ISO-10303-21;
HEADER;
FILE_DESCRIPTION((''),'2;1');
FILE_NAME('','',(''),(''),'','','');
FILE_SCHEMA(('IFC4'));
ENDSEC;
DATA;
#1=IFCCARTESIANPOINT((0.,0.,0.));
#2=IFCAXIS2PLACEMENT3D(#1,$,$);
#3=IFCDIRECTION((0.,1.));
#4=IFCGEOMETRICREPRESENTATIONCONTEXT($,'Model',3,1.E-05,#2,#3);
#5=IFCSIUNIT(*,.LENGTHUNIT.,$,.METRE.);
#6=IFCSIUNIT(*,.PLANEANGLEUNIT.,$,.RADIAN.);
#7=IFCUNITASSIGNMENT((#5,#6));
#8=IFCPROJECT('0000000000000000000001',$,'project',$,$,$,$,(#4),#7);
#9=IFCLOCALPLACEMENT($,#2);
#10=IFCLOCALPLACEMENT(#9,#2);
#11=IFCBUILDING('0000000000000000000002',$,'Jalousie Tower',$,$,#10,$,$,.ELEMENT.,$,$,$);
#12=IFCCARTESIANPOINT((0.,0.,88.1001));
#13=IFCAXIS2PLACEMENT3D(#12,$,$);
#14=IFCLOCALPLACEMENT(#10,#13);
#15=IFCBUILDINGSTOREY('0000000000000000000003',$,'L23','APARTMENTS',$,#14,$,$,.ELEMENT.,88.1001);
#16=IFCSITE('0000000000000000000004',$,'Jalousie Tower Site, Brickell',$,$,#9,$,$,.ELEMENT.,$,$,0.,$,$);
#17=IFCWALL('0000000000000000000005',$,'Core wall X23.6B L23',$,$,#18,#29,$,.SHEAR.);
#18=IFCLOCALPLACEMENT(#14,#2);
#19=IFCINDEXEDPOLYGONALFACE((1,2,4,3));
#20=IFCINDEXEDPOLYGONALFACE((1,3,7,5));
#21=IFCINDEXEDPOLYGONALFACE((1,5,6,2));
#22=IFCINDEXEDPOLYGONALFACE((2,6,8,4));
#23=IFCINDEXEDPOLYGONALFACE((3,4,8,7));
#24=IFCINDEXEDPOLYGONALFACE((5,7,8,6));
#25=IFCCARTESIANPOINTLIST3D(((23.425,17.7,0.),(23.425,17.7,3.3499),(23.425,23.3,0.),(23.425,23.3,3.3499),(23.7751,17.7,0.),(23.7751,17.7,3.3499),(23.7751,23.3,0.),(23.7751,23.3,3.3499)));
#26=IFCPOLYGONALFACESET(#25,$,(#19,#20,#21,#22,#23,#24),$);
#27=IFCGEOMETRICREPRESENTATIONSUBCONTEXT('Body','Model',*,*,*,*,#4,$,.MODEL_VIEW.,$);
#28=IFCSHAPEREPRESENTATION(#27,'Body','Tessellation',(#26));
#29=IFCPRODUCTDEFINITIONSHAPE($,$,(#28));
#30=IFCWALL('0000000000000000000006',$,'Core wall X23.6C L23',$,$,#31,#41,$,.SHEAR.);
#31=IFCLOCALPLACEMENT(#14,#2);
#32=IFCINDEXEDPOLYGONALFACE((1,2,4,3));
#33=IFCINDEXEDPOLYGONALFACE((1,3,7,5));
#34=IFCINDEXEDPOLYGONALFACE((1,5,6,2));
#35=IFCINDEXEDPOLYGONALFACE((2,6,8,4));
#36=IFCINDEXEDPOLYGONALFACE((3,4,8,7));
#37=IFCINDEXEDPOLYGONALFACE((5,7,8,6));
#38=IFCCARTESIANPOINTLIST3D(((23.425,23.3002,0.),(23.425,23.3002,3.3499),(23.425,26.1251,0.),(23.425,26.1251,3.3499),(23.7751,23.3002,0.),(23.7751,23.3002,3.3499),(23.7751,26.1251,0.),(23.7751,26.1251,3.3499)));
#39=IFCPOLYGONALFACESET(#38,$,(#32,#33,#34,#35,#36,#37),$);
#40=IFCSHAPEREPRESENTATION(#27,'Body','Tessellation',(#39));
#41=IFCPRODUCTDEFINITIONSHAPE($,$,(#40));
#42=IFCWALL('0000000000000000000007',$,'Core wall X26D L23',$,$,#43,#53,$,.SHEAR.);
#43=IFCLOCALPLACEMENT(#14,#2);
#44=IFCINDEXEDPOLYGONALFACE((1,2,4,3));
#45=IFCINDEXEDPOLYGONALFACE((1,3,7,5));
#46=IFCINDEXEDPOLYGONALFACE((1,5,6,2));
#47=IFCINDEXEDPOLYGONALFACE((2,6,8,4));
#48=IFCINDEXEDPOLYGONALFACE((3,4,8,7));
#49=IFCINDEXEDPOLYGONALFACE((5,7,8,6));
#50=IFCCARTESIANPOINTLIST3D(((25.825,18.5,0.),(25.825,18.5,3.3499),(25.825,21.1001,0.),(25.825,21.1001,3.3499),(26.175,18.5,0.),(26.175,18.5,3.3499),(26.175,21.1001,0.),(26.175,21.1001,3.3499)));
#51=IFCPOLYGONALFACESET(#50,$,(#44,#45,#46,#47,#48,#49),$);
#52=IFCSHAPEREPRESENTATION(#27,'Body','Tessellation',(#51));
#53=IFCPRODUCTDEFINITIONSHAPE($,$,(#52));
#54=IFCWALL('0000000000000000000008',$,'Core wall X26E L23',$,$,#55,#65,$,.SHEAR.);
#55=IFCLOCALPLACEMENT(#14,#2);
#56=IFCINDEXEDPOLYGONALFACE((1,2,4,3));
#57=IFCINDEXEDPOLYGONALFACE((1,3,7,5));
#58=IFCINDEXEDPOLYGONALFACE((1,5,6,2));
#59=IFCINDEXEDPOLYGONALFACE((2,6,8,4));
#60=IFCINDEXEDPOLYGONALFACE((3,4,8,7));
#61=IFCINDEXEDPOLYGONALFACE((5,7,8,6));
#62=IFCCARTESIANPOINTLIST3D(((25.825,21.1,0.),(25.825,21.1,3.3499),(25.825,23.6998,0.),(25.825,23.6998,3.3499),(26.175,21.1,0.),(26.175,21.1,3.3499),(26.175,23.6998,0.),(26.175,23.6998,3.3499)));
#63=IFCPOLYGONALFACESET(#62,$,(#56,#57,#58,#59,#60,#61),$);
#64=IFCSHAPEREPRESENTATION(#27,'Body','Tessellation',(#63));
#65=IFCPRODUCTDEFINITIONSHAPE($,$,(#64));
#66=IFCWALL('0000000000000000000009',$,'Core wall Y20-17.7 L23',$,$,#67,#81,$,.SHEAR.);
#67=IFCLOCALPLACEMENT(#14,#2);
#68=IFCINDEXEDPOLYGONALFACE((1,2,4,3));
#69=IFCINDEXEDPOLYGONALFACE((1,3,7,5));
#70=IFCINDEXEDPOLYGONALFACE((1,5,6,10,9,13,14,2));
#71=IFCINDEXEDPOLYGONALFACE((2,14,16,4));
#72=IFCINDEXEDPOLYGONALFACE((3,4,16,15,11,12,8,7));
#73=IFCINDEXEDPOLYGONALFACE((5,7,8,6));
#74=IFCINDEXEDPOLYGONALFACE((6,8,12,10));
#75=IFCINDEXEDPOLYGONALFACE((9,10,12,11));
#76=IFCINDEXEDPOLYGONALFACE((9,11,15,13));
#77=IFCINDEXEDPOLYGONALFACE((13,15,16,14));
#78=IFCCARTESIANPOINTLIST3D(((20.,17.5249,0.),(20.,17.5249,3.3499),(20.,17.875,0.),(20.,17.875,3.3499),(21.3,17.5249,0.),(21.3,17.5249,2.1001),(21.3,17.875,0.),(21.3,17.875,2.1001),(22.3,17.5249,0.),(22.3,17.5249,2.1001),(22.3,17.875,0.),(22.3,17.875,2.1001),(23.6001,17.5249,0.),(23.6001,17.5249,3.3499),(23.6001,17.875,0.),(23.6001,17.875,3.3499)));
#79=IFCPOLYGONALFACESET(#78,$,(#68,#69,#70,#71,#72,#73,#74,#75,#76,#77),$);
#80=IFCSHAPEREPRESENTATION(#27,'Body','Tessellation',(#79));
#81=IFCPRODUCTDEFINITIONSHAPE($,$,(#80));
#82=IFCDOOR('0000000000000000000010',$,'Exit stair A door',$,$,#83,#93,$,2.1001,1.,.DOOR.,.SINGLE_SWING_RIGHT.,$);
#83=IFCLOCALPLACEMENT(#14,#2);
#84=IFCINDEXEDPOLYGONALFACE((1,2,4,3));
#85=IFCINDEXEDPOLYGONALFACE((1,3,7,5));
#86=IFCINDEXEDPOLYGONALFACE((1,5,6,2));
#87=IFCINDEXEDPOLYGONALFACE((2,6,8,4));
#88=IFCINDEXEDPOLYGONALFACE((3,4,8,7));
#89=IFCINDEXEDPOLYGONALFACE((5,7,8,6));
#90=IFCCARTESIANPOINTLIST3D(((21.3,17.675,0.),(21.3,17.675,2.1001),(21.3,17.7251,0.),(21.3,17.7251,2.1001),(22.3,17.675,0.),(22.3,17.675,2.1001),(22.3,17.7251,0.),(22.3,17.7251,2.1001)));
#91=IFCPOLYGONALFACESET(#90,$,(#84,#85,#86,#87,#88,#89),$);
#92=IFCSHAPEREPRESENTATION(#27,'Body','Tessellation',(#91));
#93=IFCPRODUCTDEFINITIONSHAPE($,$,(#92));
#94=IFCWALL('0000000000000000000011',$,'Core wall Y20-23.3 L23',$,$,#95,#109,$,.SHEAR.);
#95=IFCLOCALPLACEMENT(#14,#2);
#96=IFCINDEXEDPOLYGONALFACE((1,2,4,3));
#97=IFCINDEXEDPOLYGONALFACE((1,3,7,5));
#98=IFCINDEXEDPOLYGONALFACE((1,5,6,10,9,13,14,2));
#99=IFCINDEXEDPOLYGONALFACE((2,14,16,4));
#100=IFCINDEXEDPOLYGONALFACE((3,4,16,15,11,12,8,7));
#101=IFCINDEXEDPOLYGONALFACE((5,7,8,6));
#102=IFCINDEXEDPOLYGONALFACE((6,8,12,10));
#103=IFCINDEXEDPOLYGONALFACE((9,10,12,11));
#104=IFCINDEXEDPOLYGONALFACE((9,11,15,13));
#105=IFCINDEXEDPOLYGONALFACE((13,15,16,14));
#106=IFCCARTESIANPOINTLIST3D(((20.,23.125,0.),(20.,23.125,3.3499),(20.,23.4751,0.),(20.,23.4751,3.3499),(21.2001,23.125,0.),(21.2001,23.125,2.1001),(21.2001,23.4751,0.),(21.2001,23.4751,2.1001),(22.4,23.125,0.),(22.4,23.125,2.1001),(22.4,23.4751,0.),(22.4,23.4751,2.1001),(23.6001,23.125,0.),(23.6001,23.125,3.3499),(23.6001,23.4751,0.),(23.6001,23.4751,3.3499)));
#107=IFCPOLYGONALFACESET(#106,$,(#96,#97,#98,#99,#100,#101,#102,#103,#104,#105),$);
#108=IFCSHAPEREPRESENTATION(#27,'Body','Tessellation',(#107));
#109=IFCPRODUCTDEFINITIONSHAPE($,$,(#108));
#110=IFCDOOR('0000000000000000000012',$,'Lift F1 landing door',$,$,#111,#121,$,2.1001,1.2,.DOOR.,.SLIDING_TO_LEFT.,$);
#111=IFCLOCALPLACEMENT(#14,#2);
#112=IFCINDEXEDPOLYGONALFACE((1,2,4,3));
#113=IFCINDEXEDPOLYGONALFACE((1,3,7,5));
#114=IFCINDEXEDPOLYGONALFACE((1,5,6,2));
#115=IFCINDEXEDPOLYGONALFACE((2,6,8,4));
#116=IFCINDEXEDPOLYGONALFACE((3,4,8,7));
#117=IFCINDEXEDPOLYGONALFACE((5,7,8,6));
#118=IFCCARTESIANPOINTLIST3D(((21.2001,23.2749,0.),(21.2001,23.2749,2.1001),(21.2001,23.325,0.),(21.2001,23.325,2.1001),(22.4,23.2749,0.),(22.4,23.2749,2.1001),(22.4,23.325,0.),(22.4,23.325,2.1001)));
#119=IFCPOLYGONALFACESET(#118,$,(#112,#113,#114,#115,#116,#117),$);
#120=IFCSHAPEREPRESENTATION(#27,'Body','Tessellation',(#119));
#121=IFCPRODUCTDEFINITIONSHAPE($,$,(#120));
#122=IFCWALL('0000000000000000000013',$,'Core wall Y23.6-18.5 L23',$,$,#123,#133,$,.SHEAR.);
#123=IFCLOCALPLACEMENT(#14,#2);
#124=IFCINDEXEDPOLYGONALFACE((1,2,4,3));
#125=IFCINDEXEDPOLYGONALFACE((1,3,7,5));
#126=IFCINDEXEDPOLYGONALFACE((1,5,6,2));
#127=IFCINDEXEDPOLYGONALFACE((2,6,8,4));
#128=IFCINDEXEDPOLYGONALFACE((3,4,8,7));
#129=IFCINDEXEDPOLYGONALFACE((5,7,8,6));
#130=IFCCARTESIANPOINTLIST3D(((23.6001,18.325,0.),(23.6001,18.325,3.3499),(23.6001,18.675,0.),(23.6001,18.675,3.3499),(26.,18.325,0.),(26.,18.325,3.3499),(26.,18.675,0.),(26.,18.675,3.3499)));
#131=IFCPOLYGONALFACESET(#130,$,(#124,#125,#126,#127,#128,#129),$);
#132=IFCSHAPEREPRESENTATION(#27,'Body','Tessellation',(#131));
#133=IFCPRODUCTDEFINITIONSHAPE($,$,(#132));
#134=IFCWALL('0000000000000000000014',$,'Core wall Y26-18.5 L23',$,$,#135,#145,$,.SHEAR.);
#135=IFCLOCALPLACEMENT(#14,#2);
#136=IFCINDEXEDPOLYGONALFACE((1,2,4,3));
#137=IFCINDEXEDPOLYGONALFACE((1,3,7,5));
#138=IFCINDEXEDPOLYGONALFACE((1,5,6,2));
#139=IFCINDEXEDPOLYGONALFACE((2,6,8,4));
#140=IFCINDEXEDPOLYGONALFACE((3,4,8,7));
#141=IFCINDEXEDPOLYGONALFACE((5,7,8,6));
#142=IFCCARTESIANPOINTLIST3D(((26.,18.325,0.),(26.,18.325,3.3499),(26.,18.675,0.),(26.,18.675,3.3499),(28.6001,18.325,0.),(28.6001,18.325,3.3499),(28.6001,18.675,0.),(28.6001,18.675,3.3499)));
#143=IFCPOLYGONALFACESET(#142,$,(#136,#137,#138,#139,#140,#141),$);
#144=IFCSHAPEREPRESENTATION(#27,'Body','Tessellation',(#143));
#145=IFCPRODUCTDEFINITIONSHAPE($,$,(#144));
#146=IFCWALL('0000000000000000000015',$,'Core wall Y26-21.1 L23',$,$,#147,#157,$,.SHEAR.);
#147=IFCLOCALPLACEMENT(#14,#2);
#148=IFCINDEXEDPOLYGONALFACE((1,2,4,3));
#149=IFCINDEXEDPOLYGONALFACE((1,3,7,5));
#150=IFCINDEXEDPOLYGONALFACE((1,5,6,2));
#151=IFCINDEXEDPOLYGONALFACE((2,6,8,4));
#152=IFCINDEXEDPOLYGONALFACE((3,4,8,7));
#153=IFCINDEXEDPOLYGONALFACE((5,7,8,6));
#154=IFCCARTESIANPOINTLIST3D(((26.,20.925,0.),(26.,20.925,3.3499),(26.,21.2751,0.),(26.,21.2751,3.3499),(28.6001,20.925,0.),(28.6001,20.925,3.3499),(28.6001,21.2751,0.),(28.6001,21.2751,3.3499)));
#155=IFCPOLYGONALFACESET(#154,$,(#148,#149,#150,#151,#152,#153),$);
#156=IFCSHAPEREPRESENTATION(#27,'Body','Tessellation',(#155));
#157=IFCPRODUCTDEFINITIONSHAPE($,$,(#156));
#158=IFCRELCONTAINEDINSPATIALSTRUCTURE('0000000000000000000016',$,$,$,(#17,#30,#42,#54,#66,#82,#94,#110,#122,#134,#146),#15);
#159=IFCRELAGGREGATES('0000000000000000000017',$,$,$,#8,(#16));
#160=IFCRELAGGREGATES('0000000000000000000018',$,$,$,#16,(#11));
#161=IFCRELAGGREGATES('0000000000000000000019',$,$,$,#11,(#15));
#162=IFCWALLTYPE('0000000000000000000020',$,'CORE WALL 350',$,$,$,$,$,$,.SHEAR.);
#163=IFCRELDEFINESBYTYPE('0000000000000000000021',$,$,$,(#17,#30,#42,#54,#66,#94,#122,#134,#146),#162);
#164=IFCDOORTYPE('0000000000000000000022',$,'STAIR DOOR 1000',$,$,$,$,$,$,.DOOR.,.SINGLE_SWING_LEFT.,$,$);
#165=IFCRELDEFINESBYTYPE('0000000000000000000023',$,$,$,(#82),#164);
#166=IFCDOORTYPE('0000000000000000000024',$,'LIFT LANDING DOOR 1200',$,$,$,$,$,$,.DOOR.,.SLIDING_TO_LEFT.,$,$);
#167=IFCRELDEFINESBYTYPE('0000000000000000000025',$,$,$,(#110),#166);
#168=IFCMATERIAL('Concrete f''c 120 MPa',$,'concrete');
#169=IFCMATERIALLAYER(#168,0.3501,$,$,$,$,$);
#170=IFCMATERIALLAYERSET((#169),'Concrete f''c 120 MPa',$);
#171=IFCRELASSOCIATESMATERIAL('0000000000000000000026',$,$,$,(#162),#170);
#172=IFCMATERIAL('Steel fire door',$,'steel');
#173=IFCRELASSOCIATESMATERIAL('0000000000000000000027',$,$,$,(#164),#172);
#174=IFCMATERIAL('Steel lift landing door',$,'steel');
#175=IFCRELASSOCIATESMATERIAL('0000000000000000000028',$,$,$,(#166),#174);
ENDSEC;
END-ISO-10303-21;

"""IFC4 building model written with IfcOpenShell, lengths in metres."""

from ifc_helpers import new_model, si_unit, direction, frame, frame_2d, origin, place, context, subcontext, project, spatial, rectangle, extrude, material, layer, layer_set, type_object, element, fill, save


model = new_model("IFC4")

# Units and contexts
model_context = context("Model", 3, precision=1e-05, world=origin(), true_north=direction((0.0, 1.0)))
body_context = subcontext(model_context, "Body", "Model", "MODEL_VIEW")
ifc_project = project(units=[si_unit("LENGTHUNIT", "METRE"), si_unit("PLANEANGLEUNIT", "RADIAN")], contexts=[model_context])

# Site, building, storey
site_placement = place(None, origin())
site = spatial("IfcSite", under=ifc_project, at=site_placement, Name="Jalousie Tower Site, Brickell", CompositionType="ELEMENT", RefElevation=0.0)
building_placement = place(site_placement, origin())
building = spatial("IfcBuilding", under=site, at=building_placement, Name="Jalousie Tower", CompositionType="ELEMENT")
storey_placement = place(building_placement, frame((0.0, 0.0, 88.1001)))
storey = spatial("IfcBuildingStorey", under=building, at=storey_placement, Name="L23", Description="APARTMENTS", CompositionType="ELEMENT", Elevation=88.1001)

# Walls
ifc_material_1 = material(Name="Concrete f'c 120 MPa", Category="concrete")
ifc_layer_1 = layer(ifc_material_1, 0.3501)
ifc_layer_set_1 = layer_set([ifc_layer_1], Name="Concrete f'c 120 MPa")
wall_type_1 = type_object("IfcWallType", Name="CORE WALL 350", PredefinedType="SHEAR", material=ifc_layer_set_1)
wall_1_placement = place(storey_placement, frame((23.6001, 17.7, 0.0), z_axis=(0.0, 0.0, 1.0), x_axis=(0.0, 1.0, 0.0)))
element("IfcWall", 1, at=wall_1_placement, inside=storey, type_object=wall_type_1, Name="Core wall X23.6B L23", PredefinedType="SHEAR", context=body_context, shape_type="SweptSolid", body=[
    extrude(rectangle(XDim=5.6001, YDim=0.3501, at=frame_2d((2.8, 0.0))), origin(), (0.0, 0.0, 1.0), 3.3499),
])
wall_2_placement = place(storey_placement, frame((23.6001, 23.3, 0.0), z_axis=(0.0, 0.0, 1.0), x_axis=(0.0, 1.0, 0.0)))
element("IfcWall", 2, at=wall_2_placement, inside=storey, type_object=wall_type_1, Name="Core wall X23.6C L23", PredefinedType="SHEAR", context=body_context, shape_type="SweptSolid", body=[
    extrude(rectangle(XDim=2.825, YDim=0.3501, at=frame_2d((1.4126, 0.0))), origin(), (0.0, 0.0, 1.0), 3.3499),
])
wall_3_placement = place(storey_placement, frame((26.0, 18.5, 0.0), z_axis=(0.0, 0.0, 1.0), x_axis=(0.0, 1.0, 0.0)))
element("IfcWall", 3, at=wall_3_placement, inside=storey, type_object=wall_type_1, Name="Core wall X26D L23", PredefinedType="SHEAR", context=body_context, shape_type="SweptSolid", body=[
    extrude(rectangle(XDim=2.6001, YDim=0.3501, at=frame_2d((1.3, 0.0))), origin(), (0.0, 0.0, 1.0), 3.3499),
])
wall_4_placement = place(storey_placement, frame((26.0, 21.1001, 0.0), z_axis=(0.0, 0.0, 1.0), x_axis=(0.0, 1.0, 0.0)))
element("IfcWall", 4, at=wall_4_placement, inside=storey, type_object=wall_type_1, Name="Core wall X26E L23", PredefinedType="SHEAR", context=body_context, shape_type="SweptSolid", body=[
    extrude(rectangle(XDim=2.5999, YDim=0.3501, at=frame_2d((1.2998, 0.0))), origin(), (0.0, 0.0, 1.0), 3.3499),
])

# Walls, openings, doors
wall_5_placement = place(storey_placement, frame((20.0, 17.7, 0.0), z_axis=(0.0, 0.0, 1.0), x_axis=(1.0, 0.0, 0.0)))
wall_5 = element("IfcWall", 5, at=wall_5_placement, inside=storey, type_object=wall_type_1, Name="Core wall Y20-17.7 L23", PredefinedType="SHEAR", context=body_context, shape_type="SweptSolid", body=[
    extrude(rectangle(XDim=3.6001, YDim=0.3501, at=frame_2d((1.8, 0.0))), origin(), (0.0, 0.0, 1.0), 3.3499),
])
opening_1_placement = place(wall_5_placement, frame((1.3, 0.0, 0.0)))
opening_1 = element("IfcOpeningElement", 6, at=opening_1_placement, cuts=wall_5, PredefinedType="OPENING", context=body_context, shape_type="SweptSolid", body=[
    extrude(rectangle(XDim=1.0, YDim=2.1001, at=frame_2d((0.5, 1.05))), frame((0.0, 0.1851, 0.0), z_axis=(0.0, -1.0, 0.0), x_axis=(1.0, 0.0, 0.0)), (0.0, 0.0, 1.0), 0.3701),
])
ifc_material_2 = material(Name="Steel fire door", Category="steel")
door_type_1 = type_object("IfcDoorType", Name="STAIR DOOR 1000", OperationType="SINGLE_SWING_LEFT", PredefinedType="DOOR", material=ifc_material_2)
door_1_placement = place(opening_1_placement, frame((1.0, 0.0, 0.0), z_axis=(0.0, 0.0, 1.0), x_axis=(-1.0, 0.0, 0.0)))
door_1 = element("IfcDoor", 7, at=door_1_placement, inside=storey, type_object=door_type_1, Name="Exit stair A door", OperationType="SINGLE_SWING_RIGHT", OverallHeight=2.1001, OverallWidth=1.0, PredefinedType="DOOR", context=body_context, shape_type="SweptSolid", body=[
    extrude(rectangle(XDim=1.0, YDim=2.1001, at=frame_2d((0.5, 1.05))), frame((0.0, 0.0249, 0.0), z_axis=(0.0, -1.0, 0.0), x_axis=(1.0, 0.0, 0.0)), (0.0, 0.0, 1.0), 0.05),
])
fill(opening_1, door_1)
wall_6_placement = place(storey_placement, frame((20.0, 23.3, 0.0), z_axis=(0.0, 0.0, 1.0), x_axis=(1.0, 0.0, 0.0)))
wall_6 = element("IfcWall", 8, at=wall_6_placement, inside=storey, type_object=wall_type_1, Name="Core wall Y20-23.3 L23", PredefinedType="SHEAR", context=body_context, shape_type="SweptSolid", body=[
    extrude(rectangle(XDim=3.6001, YDim=0.3501, at=frame_2d((1.8, 0.0))), origin(), (0.0, 0.0, 1.0), 3.3499),
])
opening_2_placement = place(wall_6_placement, frame((1.2, 0.0, 0.0)))
opening_2 = element("IfcOpeningElement", 9, at=opening_2_placement, cuts=wall_6, PredefinedType="OPENING", context=body_context, shape_type="SweptSolid", body=[
    extrude(rectangle(XDim=1.2, YDim=2.1001, at=frame_2d((0.6001, 1.05))), frame((0.0, 0.1851, 0.0), z_axis=(0.0, -1.0, 0.0), x_axis=(1.0, 0.0, 0.0)), (0.0, 0.0, 1.0), 0.3701),
])
ifc_material_3 = material(Name="Steel lift landing door", Category="steel")
door_type_2 = type_object("IfcDoorType", Name="LIFT LANDING DOOR 1200", OperationType="SLIDING_TO_LEFT", PredefinedType="DOOR", material=ifc_material_3)
door_2_placement = place(opening_2_placement, origin())
door_2 = element("IfcDoor", 10, at=door_2_placement, inside=storey, type_object=door_type_2, Name="Lift F1 landing door", OperationType="SLIDING_TO_LEFT", OverallHeight=2.1001, OverallWidth=1.2, PredefinedType="DOOR", context=body_context, shape_type="SweptSolid", body=[
    extrude(rectangle(XDim=1.2, YDim=2.1001, at=frame_2d((0.6001, 1.05))), frame((0.0, 0.0249, 0.0), z_axis=(0.0, -1.0, 0.0), x_axis=(1.0, 0.0, 0.0)), (0.0, 0.0, 1.0), 0.05),
])
fill(opening_2, door_2)

# Walls
wall_7_placement = place(storey_placement, frame((23.6001, 18.5, 0.0), z_axis=(0.0, 0.0, 1.0), x_axis=(1.0, 0.0, 0.0)))
element("IfcWall", 11, at=wall_7_placement, inside=storey, type_object=wall_type_1, Name="Core wall Y23.6-18.5 L23", PredefinedType="SHEAR", context=body_context, shape_type="SweptSolid", body=[
    extrude(rectangle(XDim=2.3999, YDim=0.3501, at=frame_2d((1.2, 0.0))), origin(), (0.0, 0.0, 1.0), 3.3499),
])
for number, where, z_axis, x_axis, name in (
    (12, (26.0, 18.5, 0.0), (0.0, 0.0, 1.0), (1.0, 0.0, 0.0), "Core wall Y26-18.5 L23"),
    (13, (26.0, 21.1001, 0.0), (0.0, 0.0, 1.0), (1.0, 0.0, 0.0), "Core wall Y26-21.1 L23"),
):
    element("IfcWall", number, at=place(storey_placement, frame(where, z_axis=z_axis, x_axis=x_axis)), inside=storey, type_object=wall_type_1, Name=name, PredefinedType="SHEAR", context=body_context, shape_type="SweptSolid", body=[
        extrude(rectangle(XDim=2.6001, YDim=0.3501, at=frame_2d((1.3, 0.0))), origin(), (0.0, 0.0, 1.0), 3.3499),
    ])

save(model, "model.ifc")
